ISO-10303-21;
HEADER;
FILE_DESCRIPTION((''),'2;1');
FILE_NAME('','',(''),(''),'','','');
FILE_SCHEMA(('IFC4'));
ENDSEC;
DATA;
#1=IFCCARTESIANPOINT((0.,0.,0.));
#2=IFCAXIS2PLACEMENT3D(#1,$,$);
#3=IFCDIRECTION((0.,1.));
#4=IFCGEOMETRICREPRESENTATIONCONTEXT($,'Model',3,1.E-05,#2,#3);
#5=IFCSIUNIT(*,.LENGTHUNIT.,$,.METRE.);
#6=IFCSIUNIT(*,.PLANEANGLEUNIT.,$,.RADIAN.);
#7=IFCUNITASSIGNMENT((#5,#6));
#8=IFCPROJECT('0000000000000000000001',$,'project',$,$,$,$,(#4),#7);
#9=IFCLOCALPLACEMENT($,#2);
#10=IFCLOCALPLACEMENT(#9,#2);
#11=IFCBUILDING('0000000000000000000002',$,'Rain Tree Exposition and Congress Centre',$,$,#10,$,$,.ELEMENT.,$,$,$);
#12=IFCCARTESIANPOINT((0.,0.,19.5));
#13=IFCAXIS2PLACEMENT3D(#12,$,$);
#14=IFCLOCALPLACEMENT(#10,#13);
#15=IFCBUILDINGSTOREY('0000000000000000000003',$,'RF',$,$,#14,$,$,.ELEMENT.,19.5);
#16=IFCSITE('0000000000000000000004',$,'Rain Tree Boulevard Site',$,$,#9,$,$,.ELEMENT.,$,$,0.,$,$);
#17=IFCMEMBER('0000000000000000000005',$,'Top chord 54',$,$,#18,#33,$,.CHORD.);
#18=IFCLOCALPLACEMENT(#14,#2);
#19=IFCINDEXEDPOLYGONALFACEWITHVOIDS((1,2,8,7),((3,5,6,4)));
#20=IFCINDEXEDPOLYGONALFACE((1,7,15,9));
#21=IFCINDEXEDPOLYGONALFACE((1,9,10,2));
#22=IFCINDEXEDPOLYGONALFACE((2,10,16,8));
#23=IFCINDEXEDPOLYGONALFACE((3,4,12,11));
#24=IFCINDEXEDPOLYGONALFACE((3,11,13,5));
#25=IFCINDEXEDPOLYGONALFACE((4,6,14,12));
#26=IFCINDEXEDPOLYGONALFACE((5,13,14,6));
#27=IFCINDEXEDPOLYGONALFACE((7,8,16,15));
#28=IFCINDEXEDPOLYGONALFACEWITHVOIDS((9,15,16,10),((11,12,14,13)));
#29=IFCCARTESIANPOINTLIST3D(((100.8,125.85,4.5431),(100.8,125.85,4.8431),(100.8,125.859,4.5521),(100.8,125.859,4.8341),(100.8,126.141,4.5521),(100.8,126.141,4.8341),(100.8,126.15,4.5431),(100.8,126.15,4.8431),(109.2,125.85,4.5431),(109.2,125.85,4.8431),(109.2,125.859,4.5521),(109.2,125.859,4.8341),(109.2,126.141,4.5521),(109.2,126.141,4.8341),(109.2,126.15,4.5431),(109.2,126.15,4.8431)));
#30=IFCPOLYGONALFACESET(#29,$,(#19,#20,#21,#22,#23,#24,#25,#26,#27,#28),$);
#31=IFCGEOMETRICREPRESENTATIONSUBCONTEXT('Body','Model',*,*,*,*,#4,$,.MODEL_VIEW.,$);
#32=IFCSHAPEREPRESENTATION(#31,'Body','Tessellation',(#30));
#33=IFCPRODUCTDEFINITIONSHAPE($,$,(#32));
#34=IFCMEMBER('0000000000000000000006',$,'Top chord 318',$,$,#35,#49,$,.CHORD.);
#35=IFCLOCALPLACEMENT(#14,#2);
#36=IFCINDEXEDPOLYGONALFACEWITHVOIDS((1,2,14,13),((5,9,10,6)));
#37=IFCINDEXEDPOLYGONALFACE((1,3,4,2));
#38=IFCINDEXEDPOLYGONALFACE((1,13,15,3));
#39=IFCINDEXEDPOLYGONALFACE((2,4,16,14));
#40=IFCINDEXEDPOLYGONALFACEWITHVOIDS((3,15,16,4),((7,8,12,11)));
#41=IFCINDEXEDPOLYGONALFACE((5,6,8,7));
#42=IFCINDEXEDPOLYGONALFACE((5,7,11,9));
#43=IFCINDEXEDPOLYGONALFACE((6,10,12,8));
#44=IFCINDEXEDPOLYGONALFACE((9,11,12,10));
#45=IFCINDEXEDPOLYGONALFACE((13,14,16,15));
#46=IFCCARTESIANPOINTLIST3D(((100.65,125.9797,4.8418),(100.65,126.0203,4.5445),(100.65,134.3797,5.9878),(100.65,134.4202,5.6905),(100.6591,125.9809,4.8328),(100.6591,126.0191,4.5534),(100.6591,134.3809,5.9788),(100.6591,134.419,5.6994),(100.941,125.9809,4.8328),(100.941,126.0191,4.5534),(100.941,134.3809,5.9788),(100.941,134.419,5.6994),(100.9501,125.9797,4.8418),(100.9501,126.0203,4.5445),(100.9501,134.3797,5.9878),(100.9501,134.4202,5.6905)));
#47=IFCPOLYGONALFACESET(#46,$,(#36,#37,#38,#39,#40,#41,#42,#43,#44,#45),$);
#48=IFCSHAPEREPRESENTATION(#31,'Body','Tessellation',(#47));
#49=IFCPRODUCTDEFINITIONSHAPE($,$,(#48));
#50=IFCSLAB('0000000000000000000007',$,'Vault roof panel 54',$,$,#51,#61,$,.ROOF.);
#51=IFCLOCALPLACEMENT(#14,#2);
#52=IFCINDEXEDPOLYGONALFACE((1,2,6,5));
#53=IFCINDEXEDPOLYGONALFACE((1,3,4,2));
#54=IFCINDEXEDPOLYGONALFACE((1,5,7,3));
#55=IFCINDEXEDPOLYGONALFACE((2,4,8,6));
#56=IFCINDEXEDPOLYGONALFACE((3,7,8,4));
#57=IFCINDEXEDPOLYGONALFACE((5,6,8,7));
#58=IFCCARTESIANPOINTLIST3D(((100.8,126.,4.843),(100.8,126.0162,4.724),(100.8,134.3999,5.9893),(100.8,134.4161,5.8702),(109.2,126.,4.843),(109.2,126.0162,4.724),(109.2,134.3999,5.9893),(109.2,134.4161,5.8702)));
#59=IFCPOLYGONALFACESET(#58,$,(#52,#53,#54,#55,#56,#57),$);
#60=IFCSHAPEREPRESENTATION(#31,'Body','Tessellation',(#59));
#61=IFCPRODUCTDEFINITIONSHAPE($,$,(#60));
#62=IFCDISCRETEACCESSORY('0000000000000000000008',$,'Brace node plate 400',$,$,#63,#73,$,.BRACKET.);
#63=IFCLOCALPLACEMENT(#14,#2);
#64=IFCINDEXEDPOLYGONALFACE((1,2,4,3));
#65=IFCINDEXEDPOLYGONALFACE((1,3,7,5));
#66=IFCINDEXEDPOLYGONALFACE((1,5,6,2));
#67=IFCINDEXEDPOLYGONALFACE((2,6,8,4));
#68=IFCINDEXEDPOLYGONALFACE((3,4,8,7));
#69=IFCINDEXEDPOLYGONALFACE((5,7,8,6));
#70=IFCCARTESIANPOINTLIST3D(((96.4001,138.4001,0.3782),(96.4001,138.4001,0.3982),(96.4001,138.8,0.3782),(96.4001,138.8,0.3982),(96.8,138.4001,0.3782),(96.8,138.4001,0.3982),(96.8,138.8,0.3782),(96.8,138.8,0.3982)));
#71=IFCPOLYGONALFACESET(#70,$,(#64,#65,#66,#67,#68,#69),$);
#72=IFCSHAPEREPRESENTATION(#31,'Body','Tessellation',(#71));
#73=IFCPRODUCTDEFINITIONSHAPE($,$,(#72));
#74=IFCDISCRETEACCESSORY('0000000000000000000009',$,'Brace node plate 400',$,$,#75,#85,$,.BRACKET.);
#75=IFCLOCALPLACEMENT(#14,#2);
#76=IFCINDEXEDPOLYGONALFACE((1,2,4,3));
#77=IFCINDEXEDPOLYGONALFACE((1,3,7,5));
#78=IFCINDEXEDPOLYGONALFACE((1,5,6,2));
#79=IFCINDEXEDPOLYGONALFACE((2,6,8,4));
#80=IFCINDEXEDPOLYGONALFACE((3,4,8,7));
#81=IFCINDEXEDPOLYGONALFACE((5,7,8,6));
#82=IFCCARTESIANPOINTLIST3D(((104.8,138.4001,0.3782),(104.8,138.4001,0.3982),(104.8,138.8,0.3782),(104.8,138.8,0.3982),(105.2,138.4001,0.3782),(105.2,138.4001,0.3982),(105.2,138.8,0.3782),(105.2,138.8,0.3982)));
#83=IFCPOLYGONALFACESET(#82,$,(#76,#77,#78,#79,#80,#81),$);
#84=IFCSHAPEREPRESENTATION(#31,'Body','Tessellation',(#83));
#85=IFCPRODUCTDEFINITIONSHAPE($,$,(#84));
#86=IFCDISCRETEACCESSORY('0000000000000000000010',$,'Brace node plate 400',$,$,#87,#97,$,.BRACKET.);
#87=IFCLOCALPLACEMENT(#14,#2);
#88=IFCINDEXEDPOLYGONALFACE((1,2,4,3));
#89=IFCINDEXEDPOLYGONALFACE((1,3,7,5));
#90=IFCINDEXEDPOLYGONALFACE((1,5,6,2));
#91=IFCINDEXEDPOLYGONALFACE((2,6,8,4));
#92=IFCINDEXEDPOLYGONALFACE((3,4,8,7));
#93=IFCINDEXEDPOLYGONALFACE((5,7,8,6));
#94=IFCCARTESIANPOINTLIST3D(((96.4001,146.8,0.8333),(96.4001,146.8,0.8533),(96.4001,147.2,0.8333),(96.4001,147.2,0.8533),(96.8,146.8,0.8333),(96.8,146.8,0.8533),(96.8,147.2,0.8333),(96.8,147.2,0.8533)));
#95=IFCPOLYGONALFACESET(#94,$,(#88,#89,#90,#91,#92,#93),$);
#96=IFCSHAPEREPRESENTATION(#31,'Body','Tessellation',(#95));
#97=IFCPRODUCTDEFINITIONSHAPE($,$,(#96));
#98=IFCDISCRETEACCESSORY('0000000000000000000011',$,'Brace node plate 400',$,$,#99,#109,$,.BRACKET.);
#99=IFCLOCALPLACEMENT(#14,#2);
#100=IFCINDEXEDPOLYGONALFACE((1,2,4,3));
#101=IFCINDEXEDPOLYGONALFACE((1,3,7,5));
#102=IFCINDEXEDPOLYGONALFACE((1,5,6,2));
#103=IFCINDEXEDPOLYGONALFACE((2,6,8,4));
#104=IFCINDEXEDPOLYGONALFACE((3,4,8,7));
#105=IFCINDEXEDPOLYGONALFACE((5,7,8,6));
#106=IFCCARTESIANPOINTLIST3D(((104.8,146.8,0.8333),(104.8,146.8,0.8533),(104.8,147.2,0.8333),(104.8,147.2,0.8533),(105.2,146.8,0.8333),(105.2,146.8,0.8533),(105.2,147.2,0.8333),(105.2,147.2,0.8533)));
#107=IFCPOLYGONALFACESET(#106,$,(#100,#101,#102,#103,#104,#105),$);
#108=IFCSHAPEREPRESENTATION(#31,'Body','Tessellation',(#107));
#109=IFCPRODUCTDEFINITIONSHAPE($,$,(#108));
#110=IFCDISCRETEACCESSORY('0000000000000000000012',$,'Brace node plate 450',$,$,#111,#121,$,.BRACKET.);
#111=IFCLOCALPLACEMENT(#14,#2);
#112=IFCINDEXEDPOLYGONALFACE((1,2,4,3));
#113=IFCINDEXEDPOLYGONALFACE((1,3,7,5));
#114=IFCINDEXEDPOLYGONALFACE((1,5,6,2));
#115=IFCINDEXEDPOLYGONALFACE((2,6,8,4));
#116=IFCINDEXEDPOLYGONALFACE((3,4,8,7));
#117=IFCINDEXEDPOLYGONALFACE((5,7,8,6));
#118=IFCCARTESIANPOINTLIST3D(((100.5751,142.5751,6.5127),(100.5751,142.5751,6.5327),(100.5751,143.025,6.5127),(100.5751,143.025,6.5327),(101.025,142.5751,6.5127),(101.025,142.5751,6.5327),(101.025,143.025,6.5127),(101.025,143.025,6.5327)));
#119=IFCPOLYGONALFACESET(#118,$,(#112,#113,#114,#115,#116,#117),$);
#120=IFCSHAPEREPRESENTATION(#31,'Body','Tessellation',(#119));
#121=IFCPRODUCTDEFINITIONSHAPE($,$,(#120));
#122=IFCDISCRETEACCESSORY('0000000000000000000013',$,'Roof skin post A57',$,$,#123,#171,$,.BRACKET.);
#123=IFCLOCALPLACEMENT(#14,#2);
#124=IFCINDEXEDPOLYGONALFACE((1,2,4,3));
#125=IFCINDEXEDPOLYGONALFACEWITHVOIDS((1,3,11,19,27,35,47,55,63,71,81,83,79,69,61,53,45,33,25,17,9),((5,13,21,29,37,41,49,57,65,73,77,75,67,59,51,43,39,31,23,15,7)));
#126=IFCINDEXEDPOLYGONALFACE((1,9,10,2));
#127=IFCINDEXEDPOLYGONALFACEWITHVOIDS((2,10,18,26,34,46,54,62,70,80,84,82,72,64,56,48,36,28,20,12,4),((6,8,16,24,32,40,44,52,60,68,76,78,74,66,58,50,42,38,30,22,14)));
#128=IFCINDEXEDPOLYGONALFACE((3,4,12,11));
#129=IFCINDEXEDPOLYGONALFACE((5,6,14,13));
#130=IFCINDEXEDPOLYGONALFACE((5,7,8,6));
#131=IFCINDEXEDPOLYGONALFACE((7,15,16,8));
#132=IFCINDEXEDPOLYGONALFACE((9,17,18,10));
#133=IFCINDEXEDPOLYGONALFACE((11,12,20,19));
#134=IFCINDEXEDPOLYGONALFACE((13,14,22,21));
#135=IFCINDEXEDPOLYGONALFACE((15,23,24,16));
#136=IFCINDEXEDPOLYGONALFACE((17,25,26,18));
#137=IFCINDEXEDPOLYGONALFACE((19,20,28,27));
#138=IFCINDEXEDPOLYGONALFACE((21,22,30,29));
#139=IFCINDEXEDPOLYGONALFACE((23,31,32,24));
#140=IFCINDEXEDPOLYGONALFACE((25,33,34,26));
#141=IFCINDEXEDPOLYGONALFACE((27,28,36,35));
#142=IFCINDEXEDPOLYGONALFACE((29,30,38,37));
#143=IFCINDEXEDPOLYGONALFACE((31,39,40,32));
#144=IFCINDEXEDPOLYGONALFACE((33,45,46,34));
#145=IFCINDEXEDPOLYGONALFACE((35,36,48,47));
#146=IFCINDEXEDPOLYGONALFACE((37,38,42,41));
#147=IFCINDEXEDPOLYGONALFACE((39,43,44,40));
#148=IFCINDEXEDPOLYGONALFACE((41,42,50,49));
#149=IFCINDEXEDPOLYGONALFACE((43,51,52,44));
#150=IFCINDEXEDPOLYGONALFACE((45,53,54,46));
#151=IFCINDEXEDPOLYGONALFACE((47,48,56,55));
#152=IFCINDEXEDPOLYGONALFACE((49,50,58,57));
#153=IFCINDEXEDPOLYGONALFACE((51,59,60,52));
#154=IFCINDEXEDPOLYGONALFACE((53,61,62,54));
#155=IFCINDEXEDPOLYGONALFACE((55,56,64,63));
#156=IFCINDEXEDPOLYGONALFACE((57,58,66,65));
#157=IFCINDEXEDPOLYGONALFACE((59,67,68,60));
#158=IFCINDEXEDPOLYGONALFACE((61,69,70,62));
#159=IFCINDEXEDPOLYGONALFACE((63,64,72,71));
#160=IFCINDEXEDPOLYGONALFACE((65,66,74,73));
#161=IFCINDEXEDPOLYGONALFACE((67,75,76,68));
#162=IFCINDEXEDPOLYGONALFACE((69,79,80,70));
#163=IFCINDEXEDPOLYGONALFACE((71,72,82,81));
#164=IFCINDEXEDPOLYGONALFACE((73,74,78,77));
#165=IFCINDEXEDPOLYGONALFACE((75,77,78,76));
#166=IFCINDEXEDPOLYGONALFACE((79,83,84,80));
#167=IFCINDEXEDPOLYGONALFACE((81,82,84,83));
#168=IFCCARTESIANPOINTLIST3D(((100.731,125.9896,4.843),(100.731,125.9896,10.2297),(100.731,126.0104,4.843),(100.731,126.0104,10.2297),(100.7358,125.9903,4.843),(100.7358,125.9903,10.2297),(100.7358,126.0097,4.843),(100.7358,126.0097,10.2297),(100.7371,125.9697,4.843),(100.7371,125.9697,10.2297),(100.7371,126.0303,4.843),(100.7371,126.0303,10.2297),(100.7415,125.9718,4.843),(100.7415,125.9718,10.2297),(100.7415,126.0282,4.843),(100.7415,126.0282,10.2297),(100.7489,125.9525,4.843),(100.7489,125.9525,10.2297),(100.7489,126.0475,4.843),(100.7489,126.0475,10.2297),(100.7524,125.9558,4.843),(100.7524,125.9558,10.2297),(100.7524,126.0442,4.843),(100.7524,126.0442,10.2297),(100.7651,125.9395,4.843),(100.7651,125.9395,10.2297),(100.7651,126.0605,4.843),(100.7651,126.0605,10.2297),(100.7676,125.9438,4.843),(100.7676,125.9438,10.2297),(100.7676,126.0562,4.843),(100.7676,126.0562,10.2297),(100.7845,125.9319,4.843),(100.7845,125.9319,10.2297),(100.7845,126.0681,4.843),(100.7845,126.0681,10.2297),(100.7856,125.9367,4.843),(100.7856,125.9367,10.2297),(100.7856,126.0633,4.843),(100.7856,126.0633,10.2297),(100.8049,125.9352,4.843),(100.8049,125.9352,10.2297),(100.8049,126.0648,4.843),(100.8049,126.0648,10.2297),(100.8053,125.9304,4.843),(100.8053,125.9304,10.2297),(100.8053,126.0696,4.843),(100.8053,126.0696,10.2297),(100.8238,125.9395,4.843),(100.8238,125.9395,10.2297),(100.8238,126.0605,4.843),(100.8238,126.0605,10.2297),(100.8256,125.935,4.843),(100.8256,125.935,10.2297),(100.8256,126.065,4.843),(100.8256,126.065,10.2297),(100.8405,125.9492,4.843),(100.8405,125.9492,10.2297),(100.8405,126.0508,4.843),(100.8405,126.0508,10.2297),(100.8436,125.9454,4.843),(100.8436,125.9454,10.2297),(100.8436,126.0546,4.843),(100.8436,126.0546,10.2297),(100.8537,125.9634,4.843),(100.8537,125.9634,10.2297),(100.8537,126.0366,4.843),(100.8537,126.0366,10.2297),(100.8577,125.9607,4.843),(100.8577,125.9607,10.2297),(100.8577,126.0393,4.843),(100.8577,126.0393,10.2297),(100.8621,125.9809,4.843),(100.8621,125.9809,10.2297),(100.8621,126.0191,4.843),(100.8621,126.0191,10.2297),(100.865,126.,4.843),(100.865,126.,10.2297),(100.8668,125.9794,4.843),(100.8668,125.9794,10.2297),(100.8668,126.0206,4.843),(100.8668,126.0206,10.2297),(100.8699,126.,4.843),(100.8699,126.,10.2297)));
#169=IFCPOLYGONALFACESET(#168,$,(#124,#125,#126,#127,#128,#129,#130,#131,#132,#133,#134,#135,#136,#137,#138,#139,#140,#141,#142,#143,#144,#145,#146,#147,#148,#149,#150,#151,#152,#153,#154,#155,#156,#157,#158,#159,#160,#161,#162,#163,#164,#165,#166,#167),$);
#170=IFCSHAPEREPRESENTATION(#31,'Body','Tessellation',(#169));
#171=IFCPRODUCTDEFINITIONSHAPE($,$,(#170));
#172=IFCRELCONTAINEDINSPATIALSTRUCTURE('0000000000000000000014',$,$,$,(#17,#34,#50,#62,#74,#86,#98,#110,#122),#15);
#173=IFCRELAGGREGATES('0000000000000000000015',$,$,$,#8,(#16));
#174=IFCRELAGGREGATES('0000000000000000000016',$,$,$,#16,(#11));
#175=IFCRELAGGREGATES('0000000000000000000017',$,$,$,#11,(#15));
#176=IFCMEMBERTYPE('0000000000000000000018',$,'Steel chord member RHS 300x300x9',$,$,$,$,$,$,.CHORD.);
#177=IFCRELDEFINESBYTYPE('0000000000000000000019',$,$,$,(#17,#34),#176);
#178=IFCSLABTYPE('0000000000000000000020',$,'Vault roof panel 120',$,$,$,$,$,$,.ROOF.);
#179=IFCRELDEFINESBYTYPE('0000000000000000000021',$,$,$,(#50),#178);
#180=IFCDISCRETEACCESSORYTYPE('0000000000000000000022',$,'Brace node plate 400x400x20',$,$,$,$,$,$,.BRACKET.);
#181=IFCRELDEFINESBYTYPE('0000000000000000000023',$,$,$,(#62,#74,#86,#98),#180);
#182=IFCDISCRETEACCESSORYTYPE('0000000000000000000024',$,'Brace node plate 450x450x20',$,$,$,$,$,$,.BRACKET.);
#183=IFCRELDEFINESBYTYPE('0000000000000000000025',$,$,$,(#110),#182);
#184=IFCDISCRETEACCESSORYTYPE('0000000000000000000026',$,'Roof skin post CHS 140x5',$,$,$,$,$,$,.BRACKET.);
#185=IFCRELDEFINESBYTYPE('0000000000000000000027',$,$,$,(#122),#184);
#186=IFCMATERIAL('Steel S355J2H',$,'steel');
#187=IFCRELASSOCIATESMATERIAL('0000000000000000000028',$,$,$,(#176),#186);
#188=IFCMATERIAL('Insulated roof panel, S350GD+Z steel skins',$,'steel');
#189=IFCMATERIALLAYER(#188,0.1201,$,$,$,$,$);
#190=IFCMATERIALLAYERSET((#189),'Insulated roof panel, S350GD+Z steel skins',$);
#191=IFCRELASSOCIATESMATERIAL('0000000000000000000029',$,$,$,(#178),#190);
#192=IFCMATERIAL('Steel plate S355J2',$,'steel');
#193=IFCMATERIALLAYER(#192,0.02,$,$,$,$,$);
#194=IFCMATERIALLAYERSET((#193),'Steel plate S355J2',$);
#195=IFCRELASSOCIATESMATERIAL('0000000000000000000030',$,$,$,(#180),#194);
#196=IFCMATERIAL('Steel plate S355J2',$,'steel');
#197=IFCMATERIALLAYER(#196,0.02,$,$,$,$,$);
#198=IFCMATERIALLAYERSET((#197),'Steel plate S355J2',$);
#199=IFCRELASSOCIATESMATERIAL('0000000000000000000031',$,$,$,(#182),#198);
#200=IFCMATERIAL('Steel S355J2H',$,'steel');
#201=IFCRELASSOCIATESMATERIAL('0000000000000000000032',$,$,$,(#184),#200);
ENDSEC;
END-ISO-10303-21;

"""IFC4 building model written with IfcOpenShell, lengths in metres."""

from ifc_helpers import new_model, si_unit, direction, frame, origin, origin_2d, place, context, subcontext, project, spatial, polyline, rectangle, hollow_rectangle, hollow_circle, outline, extrude, material, layer, layer_set, material_profile, profile_set, type_object, element, save


model = new_model("IFC4")

# Units and contexts
model_context = context("Model", 3, precision=1e-05, world=origin(), true_north=direction((0.0, 1.0)))
body_context = subcontext(model_context, "Body", "Model", "MODEL_VIEW")
ifc_project = project(units=[si_unit("LENGTHUNIT", "METRE"), si_unit("PLANEANGLEUNIT", "RADIAN")], contexts=[model_context])

# Site, building, storey
site_placement = place(None, origin())
site = spatial("IfcSite", under=ifc_project, at=site_placement, Name="Rain Tree Boulevard Site", CompositionType="ELEMENT", RefElevation=0.0)
building_placement = place(site_placement, origin())
building = spatial("IfcBuilding", under=site, at=building_placement, Name="Rain Tree Exposition and Congress Centre", CompositionType="ELEMENT")
storey_placement = place(building_placement, frame((0.0, 0.0, 19.5)))
storey = spatial("IfcBuildingStorey", under=building, at=storey_placement, Name="RF", CompositionType="ELEMENT", Elevation=19.5)

# Members
ifc_material_1 = material(Name="Steel S355J2H", Category="steel")
ifc_material_profile_1 = material_profile(ifc_material_1, hollow_rectangle(XDim=0.3, YDim=0.3, WallThickness=0.009, at=origin_2d()), Name="RHS 300x300x9")
ifc_profile_set_1 = profile_set([ifc_material_profile_1], Name="Steel S355J2H")
member_type_1 = type_object("IfcMemberType", Name="Steel chord member RHS 300x300x9", PredefinedType="CHORD", material=ifc_profile_set_1)
member_1_placement = place(storey_placement, frame((100.8, 126.0, 4.6931), z_axis=(1.0, 0.0, 0.0), x_axis=(0.0, 1.0, 0.0)))
element("IfcMember", 1, at=member_1_placement, inside=storey, type_object=member_type_1, Name="Top chord 54", PredefinedType="CHORD", context=body_context, shape_type="SweptSolid", body=[
    extrude(hollow_rectangle(XDim=0.3, YDim=0.3, WallThickness=0.009, at=origin_2d()), origin(), (0.0, 0.0, 1.0), 8.3999),
])
member_2_placement = place(storey_placement, frame((100.8, 126.0, 4.6931), z_axis=(0.0, 0.990821, 0.135177), x_axis=(-1.0, 0.0, 0.0)))
element("IfcMember", 2, at=member_2_placement, inside=storey, type_object=member_type_1, Name="Top chord 318", PredefinedType="CHORD", context=body_context, shape_type="SweptSolid", body=[
    extrude(hollow_rectangle(XDim=0.3, YDim=0.3, WallThickness=0.009, at=origin_2d()), origin(), (0.0, 0.0, 1.0), 8.4778),
])

# Slab
ifc_material_2 = material(Name="Insulated roof panel, S350GD+Z steel skins", Category="steel")
ifc_layer_1 = layer(ifc_material_2, 0.1201)
ifc_layer_set_1 = layer_set([ifc_layer_1], Name="Insulated roof panel, S350GD+Z steel skins")
slab_type = type_object("IfcSlabType", Name="Vault roof panel 120", PredefinedType="ROOF", material=ifc_layer_set_1)
slab_placement = place(storey_placement, frame((100.8, 126.0, 4.843), z_axis=(0.0, -0.135206, 0.990818), x_axis=(1.0, 0.0, 0.0)))
element("IfcSlab", 3, at=slab_placement, inside=storey, type_object=slab_type, Name="Vault roof panel 54", PredefinedType="ROOF", context=body_context, shape_type="SweptSolid", body=[
    extrude(outline(polyline([(0.0, 0.0), (8.3999, 0.0), (8.3999, 8.4777), (0.0, 8.4777), (0.0, 0.0)])), origin(), (0.0, 0.0, -1.0), 0.1201),
])

# Discrete accessories
ifc_material_3 = material(Name="Steel plate S355J2", Category="steel")
ifc_layer_2 = layer(ifc_material_3, 0.02)
ifc_layer_set_2 = layer_set([ifc_layer_2], Name="Steel plate S355J2")
discrete_accessory_type_1 = type_object("IfcDiscreteAccessoryType", Name="Brace node plate 400x400x20", PredefinedType="BRACKET", material=ifc_layer_set_2)
for number, where, z_axis, x_axis, name in (
    (4, (96.6001, 138.6001, 0.3782), (0.0, 0.0, 1.0), (1.0, 0.0, 0.0), "Brace node plate 400"),
    (5, (105.0, 138.6001, 0.3782), (0.0, 0.0, 1.0), (1.0, 0.0, 0.0), "Brace node plate 400"),
    (6, (96.6001, 147.0, 0.8333), (0.0, 0.0, 1.0), (1.0, 0.0, 0.0), "Brace node plate 400"),
    (7, (105.0, 147.0, 0.8333), (0.0, 0.0, 1.0), (1.0, 0.0, 0.0), "Brace node plate 400"),
):
    element("IfcDiscreteAccessory", number, at=place(storey_placement, frame(where, z_axis=z_axis, x_axis=x_axis)), inside=storey, type_object=discrete_accessory_type_1, Name=name, PredefinedType="BRACKET", context=body_context, shape_type="SweptSolid", body=[
        extrude(rectangle(XDim=0.3999, YDim=0.3999, at=origin_2d()), origin(), (0.0, 0.0, 1.0), 0.02),
    ])
ifc_material_4 = material(Name="Steel plate S355J2", Category="steel")
ifc_layer_3 = layer(ifc_material_4, 0.02)
ifc_layer_set_3 = layer_set([ifc_layer_3], Name="Steel plate S355J2")
discrete_accessory_type_2 = type_object("IfcDiscreteAccessoryType", Name="Brace node plate 450x450x20", PredefinedType="BRACKET", material=ifc_layer_set_3)
discrete_accessory_1_placement = place(storey_placement, frame((100.8, 142.8, 6.5127), z_axis=(0.0, 0.0, 1.0), x_axis=(1.0, 0.0, 0.0)))
element("IfcDiscreteAccessory", 8, at=discrete_accessory_1_placement, inside=storey, type_object=discrete_accessory_type_2, Name="Brace node plate 450", PredefinedType="BRACKET", context=body_context, shape_type="SweptSolid", body=[
    extrude(rectangle(XDim=0.45, YDim=0.45, at=origin_2d()), origin(), (0.0, 0.0, 1.0), 0.02),
])
ifc_material_5 = material(Name="Steel S355J2H", Category="steel")
ifc_material_profile_2 = material_profile(ifc_material_5, hollow_circle(Radius=0.0698, WallThickness=0.0049, at=origin_2d()), Name="CHS 140x5")
ifc_profile_set_2 = profile_set([ifc_material_profile_2], Name="Steel S355J2H")
discrete_accessory_type_3 = type_object("IfcDiscreteAccessoryType", Name="Roof skin post CHS 140x5", PredefinedType="BRACKET", material=ifc_profile_set_2)
discrete_accessory_2_placement = place(storey_placement, frame((100.8, 126.0, 4.843), z_axis=(0.0, 0.0, 1.0), x_axis=(1.0, 0.0, 0.0)))
element("IfcDiscreteAccessory", 9, at=discrete_accessory_2_placement, inside=storey, type_object=discrete_accessory_type_3, Name="Roof skin post A57", PredefinedType="BRACKET", context=body_context, shape_type="SweptSolid", body=[
    extrude(hollow_circle(Radius=0.0698, WallThickness=0.0049, at=origin_2d()), origin(), (0.0, 0.0, 1.0), 5.3867),
])

save(model, "model.ifc")
